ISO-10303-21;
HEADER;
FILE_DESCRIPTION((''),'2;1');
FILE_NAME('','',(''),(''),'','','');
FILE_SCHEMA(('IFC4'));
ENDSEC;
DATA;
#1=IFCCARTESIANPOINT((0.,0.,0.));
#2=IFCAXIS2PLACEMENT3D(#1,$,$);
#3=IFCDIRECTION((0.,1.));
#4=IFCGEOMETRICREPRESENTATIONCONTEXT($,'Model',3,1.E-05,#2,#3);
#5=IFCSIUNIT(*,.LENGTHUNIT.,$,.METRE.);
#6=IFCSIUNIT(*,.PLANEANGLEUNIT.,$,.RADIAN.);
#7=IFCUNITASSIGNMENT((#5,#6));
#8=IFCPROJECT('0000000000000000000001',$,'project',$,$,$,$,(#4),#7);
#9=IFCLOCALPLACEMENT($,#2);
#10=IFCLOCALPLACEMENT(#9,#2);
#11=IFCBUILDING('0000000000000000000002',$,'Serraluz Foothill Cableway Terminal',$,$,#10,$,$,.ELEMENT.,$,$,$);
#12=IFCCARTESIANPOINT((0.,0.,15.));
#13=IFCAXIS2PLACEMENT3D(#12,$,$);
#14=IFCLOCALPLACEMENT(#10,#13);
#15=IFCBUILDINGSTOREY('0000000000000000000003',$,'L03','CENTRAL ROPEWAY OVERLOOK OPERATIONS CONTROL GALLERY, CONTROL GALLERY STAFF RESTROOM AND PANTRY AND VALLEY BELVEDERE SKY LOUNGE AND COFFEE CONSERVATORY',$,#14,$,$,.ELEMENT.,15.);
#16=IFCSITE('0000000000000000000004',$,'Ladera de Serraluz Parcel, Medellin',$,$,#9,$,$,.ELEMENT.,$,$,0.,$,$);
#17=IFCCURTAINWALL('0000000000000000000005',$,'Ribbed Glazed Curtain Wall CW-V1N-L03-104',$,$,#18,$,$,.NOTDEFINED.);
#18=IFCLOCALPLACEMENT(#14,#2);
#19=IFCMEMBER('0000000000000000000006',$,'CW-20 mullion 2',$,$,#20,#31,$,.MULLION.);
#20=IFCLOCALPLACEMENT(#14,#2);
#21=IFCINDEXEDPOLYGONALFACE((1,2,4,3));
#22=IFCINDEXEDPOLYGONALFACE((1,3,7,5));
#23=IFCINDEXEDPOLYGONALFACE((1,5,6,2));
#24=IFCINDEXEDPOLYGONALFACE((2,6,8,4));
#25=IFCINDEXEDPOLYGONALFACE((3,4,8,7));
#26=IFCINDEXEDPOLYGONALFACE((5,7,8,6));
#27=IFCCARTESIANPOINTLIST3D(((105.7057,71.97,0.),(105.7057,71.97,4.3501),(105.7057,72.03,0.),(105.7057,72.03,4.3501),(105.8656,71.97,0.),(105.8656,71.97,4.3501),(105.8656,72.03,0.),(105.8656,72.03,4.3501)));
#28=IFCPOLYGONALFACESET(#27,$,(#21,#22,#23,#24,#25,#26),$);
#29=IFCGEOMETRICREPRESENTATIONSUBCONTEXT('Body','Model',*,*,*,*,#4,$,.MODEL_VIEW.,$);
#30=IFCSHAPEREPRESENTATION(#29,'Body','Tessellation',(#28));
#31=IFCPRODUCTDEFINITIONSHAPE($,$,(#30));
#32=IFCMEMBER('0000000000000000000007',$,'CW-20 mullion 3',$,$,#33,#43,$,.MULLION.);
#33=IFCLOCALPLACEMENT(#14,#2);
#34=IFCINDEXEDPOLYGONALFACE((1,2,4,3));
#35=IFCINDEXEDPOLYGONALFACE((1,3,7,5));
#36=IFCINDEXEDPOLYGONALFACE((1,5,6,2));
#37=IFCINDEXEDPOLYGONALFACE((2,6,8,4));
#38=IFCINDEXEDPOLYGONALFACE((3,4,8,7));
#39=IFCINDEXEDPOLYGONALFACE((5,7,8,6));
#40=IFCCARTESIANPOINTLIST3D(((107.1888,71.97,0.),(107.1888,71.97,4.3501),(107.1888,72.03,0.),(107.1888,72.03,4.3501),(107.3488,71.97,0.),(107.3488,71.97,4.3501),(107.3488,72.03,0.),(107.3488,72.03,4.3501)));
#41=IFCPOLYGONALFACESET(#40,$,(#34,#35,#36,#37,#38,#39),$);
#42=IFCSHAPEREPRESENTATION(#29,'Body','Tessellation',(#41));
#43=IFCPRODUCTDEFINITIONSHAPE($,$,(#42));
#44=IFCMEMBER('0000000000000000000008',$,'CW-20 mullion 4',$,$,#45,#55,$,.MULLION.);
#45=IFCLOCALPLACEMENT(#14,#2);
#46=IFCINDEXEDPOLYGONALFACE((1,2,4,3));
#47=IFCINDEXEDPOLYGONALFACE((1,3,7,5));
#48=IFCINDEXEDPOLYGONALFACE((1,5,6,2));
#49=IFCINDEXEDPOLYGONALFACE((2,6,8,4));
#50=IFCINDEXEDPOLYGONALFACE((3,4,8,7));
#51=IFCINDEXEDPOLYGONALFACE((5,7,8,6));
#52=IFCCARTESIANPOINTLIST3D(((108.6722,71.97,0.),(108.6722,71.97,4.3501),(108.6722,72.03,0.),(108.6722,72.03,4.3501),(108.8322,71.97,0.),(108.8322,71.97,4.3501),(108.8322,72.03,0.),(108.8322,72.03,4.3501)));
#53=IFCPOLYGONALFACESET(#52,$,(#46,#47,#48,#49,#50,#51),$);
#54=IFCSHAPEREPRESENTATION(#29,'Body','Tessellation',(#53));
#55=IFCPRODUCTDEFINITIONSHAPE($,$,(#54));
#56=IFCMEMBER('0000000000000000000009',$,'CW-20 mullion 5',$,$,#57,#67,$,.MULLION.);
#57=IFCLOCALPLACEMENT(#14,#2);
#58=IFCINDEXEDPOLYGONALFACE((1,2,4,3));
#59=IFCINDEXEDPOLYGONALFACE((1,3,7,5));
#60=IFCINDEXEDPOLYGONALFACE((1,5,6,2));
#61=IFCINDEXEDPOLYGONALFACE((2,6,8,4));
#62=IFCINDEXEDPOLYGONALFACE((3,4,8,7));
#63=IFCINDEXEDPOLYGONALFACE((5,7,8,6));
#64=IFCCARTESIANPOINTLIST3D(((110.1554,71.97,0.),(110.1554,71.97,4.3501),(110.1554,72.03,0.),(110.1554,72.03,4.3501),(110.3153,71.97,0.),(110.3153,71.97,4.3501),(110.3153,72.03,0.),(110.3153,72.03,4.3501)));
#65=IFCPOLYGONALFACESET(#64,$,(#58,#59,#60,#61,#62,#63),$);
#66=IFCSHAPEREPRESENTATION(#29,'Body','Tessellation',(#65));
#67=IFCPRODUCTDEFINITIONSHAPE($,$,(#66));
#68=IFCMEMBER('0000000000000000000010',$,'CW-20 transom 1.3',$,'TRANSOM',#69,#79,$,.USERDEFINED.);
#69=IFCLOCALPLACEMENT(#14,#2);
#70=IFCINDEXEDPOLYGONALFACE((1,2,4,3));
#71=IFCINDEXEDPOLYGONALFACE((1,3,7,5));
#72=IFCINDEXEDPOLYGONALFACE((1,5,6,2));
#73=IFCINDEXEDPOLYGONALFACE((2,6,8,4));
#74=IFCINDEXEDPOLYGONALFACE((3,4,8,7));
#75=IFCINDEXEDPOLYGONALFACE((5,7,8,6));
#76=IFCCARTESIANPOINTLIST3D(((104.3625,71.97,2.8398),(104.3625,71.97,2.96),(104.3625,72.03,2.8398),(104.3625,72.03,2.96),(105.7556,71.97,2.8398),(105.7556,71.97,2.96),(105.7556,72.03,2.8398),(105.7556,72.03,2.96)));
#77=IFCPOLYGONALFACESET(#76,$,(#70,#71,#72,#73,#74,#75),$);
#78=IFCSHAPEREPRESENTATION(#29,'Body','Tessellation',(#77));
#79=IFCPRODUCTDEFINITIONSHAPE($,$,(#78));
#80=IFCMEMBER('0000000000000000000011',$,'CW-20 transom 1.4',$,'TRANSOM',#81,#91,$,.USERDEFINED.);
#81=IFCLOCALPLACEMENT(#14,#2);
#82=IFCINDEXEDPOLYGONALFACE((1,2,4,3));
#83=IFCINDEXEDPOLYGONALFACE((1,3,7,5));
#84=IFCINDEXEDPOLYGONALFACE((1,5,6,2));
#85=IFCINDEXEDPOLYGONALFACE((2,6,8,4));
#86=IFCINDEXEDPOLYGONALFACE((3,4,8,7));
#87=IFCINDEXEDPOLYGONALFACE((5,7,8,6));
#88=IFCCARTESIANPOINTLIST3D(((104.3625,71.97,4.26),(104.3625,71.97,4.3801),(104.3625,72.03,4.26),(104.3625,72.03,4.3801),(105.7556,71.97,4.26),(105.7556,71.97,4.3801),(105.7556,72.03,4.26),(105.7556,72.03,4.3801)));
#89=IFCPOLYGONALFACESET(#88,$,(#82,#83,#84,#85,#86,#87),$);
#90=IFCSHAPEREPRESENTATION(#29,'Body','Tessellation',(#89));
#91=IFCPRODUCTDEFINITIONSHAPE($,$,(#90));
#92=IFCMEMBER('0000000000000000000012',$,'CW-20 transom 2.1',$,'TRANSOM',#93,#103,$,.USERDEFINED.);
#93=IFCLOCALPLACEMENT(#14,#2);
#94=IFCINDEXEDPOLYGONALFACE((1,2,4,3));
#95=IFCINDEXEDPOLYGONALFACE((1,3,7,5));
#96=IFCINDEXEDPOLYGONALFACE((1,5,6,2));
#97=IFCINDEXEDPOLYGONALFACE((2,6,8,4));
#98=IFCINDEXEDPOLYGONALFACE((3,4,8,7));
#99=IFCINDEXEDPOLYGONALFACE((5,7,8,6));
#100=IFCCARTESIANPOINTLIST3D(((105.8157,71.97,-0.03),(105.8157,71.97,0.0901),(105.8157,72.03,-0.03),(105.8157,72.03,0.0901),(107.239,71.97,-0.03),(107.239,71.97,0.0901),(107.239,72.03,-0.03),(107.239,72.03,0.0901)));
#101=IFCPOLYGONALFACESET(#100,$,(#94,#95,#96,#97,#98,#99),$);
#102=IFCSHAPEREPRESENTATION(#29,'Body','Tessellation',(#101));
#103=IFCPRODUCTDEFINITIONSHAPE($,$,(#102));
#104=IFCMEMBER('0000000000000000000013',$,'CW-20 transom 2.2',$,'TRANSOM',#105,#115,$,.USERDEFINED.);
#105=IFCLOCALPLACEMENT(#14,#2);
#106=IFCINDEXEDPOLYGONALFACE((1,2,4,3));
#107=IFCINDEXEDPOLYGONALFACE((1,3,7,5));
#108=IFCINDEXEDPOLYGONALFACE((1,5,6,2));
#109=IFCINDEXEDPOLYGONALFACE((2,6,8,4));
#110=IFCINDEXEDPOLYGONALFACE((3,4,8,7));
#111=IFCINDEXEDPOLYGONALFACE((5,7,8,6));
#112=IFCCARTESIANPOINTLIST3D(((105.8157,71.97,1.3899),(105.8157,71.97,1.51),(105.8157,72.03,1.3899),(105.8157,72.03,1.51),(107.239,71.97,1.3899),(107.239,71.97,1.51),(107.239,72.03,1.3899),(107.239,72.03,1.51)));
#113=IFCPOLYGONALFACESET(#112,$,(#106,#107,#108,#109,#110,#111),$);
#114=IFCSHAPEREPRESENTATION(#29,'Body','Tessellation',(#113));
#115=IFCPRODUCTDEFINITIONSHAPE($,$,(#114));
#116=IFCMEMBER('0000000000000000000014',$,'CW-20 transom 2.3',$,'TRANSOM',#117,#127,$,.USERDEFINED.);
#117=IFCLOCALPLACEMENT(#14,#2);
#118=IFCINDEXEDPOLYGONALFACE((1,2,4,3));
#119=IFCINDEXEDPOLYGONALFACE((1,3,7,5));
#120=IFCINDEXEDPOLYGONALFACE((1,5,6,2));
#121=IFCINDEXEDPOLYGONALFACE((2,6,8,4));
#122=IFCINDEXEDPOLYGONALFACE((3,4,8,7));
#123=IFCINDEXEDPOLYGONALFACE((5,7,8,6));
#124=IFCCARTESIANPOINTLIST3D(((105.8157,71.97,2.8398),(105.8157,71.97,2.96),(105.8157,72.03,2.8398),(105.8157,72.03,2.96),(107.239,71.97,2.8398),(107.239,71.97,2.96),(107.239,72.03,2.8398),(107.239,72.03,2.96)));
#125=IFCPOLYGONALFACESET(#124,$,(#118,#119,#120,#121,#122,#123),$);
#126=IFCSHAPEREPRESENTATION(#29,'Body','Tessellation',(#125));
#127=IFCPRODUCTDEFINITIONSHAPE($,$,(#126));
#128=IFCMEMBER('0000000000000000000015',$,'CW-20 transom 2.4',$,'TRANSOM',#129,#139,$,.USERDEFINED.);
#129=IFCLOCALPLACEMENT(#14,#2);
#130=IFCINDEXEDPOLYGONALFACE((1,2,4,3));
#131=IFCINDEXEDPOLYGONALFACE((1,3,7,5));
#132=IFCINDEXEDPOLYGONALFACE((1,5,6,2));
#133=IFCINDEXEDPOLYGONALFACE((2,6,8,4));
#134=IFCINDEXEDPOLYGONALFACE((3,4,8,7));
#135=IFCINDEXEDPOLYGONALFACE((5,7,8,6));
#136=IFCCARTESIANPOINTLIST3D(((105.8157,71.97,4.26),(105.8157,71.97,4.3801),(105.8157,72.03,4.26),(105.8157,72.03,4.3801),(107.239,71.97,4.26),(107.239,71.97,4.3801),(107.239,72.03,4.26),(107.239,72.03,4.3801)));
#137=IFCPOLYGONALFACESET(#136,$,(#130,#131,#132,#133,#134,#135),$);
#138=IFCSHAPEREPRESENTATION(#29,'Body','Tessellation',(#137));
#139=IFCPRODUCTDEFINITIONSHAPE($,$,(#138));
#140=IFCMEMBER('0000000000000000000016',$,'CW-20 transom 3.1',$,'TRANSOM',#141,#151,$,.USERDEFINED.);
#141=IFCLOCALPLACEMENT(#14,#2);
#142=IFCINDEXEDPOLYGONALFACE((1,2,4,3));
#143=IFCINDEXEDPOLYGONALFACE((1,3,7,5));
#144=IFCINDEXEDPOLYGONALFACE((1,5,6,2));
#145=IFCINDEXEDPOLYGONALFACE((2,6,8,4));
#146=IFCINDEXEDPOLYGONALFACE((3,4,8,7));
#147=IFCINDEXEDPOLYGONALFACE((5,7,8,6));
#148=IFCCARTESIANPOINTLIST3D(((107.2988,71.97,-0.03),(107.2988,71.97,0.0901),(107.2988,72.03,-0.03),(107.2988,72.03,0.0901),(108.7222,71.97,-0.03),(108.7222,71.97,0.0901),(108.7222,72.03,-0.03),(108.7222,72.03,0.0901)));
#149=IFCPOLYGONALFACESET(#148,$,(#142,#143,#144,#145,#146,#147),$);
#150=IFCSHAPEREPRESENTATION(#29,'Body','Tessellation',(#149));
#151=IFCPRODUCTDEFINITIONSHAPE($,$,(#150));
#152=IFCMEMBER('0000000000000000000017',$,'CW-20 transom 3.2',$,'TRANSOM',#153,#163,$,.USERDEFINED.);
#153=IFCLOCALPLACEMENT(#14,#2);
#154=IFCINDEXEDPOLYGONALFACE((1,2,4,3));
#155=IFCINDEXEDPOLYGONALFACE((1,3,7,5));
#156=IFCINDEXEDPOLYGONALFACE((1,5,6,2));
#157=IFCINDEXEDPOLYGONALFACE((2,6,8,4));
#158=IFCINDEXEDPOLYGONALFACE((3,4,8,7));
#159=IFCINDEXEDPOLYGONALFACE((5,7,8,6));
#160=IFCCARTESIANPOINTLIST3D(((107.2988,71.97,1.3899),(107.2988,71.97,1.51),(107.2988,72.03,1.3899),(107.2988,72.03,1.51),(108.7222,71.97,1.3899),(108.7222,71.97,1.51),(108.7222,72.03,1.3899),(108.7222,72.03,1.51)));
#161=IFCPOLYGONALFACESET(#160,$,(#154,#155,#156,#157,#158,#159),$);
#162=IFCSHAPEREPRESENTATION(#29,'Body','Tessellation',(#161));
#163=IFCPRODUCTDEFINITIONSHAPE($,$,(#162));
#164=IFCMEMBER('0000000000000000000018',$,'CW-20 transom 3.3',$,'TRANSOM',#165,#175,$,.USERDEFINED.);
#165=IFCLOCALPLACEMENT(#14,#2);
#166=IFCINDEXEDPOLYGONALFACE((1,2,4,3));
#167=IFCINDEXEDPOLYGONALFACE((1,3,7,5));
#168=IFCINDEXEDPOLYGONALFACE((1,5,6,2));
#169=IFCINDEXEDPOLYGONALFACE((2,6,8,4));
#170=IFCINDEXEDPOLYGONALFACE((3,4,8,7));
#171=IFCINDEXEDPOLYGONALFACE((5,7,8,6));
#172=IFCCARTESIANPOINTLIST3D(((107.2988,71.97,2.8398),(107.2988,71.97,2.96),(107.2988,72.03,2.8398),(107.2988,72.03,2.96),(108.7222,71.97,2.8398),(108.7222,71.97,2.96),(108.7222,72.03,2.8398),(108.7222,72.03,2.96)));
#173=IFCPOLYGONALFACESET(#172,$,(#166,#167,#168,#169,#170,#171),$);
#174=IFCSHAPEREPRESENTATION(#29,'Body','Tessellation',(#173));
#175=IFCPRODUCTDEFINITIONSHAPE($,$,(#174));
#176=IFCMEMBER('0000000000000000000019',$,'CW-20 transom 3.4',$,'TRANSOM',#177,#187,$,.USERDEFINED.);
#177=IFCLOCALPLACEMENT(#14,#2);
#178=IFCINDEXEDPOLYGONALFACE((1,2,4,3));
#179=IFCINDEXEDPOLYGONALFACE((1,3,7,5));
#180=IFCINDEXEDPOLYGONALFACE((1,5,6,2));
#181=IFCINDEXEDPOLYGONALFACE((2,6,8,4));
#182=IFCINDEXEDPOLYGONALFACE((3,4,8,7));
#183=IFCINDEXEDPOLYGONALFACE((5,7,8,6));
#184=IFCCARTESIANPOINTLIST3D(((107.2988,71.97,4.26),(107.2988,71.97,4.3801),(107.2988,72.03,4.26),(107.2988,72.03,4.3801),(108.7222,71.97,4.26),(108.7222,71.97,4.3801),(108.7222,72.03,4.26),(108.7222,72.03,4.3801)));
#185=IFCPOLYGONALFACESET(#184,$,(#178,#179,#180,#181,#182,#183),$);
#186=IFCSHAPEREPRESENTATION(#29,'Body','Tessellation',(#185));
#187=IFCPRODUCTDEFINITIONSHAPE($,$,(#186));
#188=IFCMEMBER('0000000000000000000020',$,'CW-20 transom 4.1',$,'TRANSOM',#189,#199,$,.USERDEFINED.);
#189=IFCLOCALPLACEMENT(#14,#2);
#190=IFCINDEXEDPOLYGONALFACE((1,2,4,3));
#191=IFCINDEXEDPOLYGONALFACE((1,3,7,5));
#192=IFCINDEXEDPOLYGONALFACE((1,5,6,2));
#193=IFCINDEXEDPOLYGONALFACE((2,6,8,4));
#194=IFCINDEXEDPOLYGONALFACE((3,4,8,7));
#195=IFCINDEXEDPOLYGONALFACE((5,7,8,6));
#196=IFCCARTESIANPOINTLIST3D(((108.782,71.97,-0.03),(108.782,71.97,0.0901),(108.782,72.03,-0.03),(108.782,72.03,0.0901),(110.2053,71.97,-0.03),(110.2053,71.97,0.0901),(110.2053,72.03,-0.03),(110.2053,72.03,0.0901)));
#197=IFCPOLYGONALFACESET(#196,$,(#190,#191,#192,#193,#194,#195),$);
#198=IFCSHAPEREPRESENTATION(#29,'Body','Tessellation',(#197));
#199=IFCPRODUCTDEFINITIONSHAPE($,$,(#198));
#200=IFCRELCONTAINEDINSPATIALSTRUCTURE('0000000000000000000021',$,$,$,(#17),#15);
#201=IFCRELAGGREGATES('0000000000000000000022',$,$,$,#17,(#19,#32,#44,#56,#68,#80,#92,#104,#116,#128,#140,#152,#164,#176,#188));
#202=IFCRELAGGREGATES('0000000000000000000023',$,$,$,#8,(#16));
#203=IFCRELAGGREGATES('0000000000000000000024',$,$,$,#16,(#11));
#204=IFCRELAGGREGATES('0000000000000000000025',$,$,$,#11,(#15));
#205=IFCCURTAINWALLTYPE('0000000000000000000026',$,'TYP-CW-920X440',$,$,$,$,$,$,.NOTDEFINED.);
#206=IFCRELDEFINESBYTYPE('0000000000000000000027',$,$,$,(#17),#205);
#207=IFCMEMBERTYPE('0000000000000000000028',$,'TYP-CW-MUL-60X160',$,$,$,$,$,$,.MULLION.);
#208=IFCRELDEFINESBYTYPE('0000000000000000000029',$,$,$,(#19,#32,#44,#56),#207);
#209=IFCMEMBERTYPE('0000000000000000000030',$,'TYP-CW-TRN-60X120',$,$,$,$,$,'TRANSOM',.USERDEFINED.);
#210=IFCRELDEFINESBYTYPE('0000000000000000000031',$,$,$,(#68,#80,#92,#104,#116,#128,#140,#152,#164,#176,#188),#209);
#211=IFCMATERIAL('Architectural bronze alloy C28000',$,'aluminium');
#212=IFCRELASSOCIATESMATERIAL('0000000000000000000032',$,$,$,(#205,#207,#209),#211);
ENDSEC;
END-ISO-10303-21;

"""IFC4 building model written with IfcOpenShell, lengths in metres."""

from ifc_helpers import new_model, si_unit, direction, frame, origin, origin_2d, place, context, subcontext, project, spatial, rectangle, extrude, material, material_profile, profile_set, type_object, element, aggregate, save


model = new_model("IFC4")

# Units and contexts
model_context = context("Model", 3, precision=1e-05, world=origin(), true_north=direction((0.0, 1.0)))
body_context = subcontext(model_context, "Body", "Model", "MODEL_VIEW")
ifc_project = project(units=[si_unit("LENGTHUNIT", "METRE"), si_unit("PLANEANGLEUNIT", "RADIAN")], contexts=[model_context])

# Site, building, storey
site_placement = place(None, origin())
site = spatial("IfcSite", under=ifc_project, at=site_placement, Name="Ladera de Serraluz Parcel, Medellin", CompositionType="ELEMENT", RefElevation=0.0)
building_placement = place(site_placement, origin())
building = spatial("IfcBuilding", under=site, at=building_placement, Name="Serraluz Foothill Cableway Terminal", CompositionType="ELEMENT")
storey_placement = place(building_placement, frame((0.0, 0.0, 15.0)))
storey = spatial("IfcBuildingStorey", under=building, at=storey_placement, Name="L03", Description="CENTRAL ROPEWAY OVERLOOK OPERATIONS CONTROL GALLERY, CONTROL GALLERY STAFF RESTROOM AND PANTRY AND VALLEY BELVEDERE SKY LOUNGE AND COFFEE CONSERVATORY", CompositionType="ELEMENT", Elevation=15.0)

# Curtain wall, members
ifc_material_1 = material(Name="Architectural bronze alloy C28000", Category="aluminium")
curtain_wall_type = type_object("IfcCurtainWallType", Name="TYP-CW-920X440", PredefinedType="NOTDEFINED", material=ifc_material_1)
curtain_wall_placement = place(storey_placement, origin())
curtain_wall = element("IfcCurtainWall", 1, at=curtain_wall_placement, inside=storey, type_object=curtain_wall_type, Name="Ribbed Glazed Curtain Wall CW-V1N-L03-104", PredefinedType="NOTDEFINED")
ifc_material_profile_1 = material_profile(ifc_material_1, rectangle(XDim=0.0601, YDim=0.1599, at=origin_2d()), Name="ALU MULLION 60x160")
ifc_profile_set_1 = profile_set([ifc_material_profile_1], Name="Architectural bronze alloy C28000")
member_type_1 = type_object("IfcMemberType", Name="TYP-CW-MUL-60X160", PredefinedType="MULLION", material=ifc_profile_set_1)
member_1_placement = place(storey_placement, frame((105.7856, 72.0, 0.0), z_axis=(0.0, 0.0, 1.0), x_axis=(0.0, 1.0, 0.0)))
member_1 = element("IfcMember", 2, at=member_1_placement, type_object=member_type_1, Name="CW-20 mullion 2", PredefinedType="MULLION", context=body_context, shape_type="SweptSolid", body=[
    extrude(rectangle(XDim=0.0601, YDim=0.1599, at=origin_2d()), origin(), (0.0, 0.0, 1.0), 4.3501),
])
member_2_placement = place(storey_placement, frame((107.2688, 72.0, 0.0), z_axis=(0.0, 0.0, 1.0), x_axis=(0.0, 1.0, 0.0)))
member_2 = element("IfcMember", 3, at=member_2_placement, type_object=member_type_1, Name="CW-20 mullion 3", PredefinedType="MULLION", context=body_context, shape_type="SweptSolid", body=[
    extrude(rectangle(XDim=0.0601, YDim=0.1599, at=origin_2d()), origin(), (0.0, 0.0, 1.0), 4.3501),
])
member_3_placement = place(storey_placement, frame((108.7522, 72.0, 0.0), z_axis=(0.0, 0.0, 1.0), x_axis=(0.0, 1.0, 0.0)))
member_3 = element("IfcMember", 4, at=member_3_placement, type_object=member_type_1, Name="CW-20 mullion 4", PredefinedType="MULLION", context=body_context, shape_type="SweptSolid", body=[
    extrude(rectangle(XDim=0.0601, YDim=0.1599, at=origin_2d()), origin(), (0.0, 0.0, 1.0), 4.3501),
])
member_4_placement = place(storey_placement, frame((110.2354, 72.0, 0.0), z_axis=(0.0, 0.0, 1.0), x_axis=(0.0, 1.0, 0.0)))
member_4 = element("IfcMember", 5, at=member_4_placement, type_object=member_type_1, Name="CW-20 mullion 5", PredefinedType="MULLION", context=body_context, shape_type="SweptSolid", body=[
    extrude(rectangle(XDim=0.0601, YDim=0.1599, at=origin_2d()), origin(), (0.0, 0.0, 1.0), 4.3501),
])
ifc_material_profile_2 = material_profile(ifc_material_1, rectangle(XDim=0.0601, YDim=0.1201, at=origin_2d()), Name="ALU TRANSOM 60x120")
ifc_profile_set_2 = profile_set([ifc_material_profile_2], Name="Architectural bronze alloy C28000")
member_type_2 = type_object("IfcMemberType", Name="TYP-CW-TRN-60X120", ElementType="TRANSOM", PredefinedType="USERDEFINED", material=ifc_profile_set_2)
member_5_placement = place(storey_placement, frame((104.3625, 72.0, 2.8999), z_axis=(1.0, 0.0, 0.0), x_axis=(0.0, 1.0, 0.0)))
member_5 = element("IfcMember", 6, at=member_5_placement, type_object=member_type_2, Name="CW-20 transom 1.3", ObjectType="TRANSOM", PredefinedType="USERDEFINED", context=body_context, shape_type="SweptSolid", body=[
    extrude(rectangle(XDim=0.0601, YDim=0.1201, at=origin_2d()), origin(), (0.0, 0.0, 1.0), 1.3931),
])
member_6_placement = place(storey_placement, frame((104.3625, 72.0, 4.3201), z_axis=(1.0, 0.0, 0.0), x_axis=(0.0, 1.0, 0.0)))
member_6 = element("IfcMember", 7, at=member_6_placement, type_object=member_type_2, Name="CW-20 transom 1.4", ObjectType="TRANSOM", PredefinedType="USERDEFINED", context=body_context, shape_type="SweptSolid", body=[
    extrude(rectangle(XDim=0.0601, YDim=0.1201, at=origin_2d()), origin(), (0.0, 0.0, 1.0), 1.3931),
])
member_7_placement = place(storey_placement, frame((105.8157, 72.0, 0.03), z_axis=(1.0, 0.0, 0.0), x_axis=(0.0, 1.0, 0.0)))
member_7 = element("IfcMember", 8, at=member_7_placement, type_object=member_type_2, Name="CW-20 transom 2.1", ObjectType="TRANSOM", PredefinedType="USERDEFINED", context=body_context, shape_type="SweptSolid", body=[
    extrude(rectangle(XDim=0.0601, YDim=0.1201, at=origin_2d()), origin(), (0.0, 0.0, 1.0), 1.4233),
])
member_8_placement = place(storey_placement, frame((105.8157, 72.0, 1.45), z_axis=(1.0, 0.0, 0.0), x_axis=(0.0, 1.0, 0.0)))
member_8 = element("IfcMember", 9, at=member_8_placement, type_object=member_type_2, Name="CW-20 transom 2.2", ObjectType="TRANSOM", PredefinedType="USERDEFINED", context=body_context, shape_type="SweptSolid", body=[
    extrude(rectangle(XDim=0.0601, YDim=0.1201, at=origin_2d()), origin(), (0.0, 0.0, 1.0), 1.4233),
])
member_9_placement = place(storey_placement, frame((105.8157, 72.0, 2.8999), z_axis=(1.0, 0.0, 0.0), x_axis=(0.0, 1.0, 0.0)))
member_9 = element("IfcMember", 10, at=member_9_placement, type_object=member_type_2, Name="CW-20 transom 2.3", ObjectType="TRANSOM", PredefinedType="USERDEFINED", context=body_context, shape_type="SweptSolid", body=[
    extrude(rectangle(XDim=0.0601, YDim=0.1201, at=origin_2d()), origin(), (0.0, 0.0, 1.0), 1.4233),
])
member_10_placement = place(storey_placement, frame((105.8157, 72.0, 4.3201), z_axis=(1.0, 0.0, 0.0), x_axis=(0.0, 1.0, 0.0)))
member_10 = element("IfcMember", 11, at=member_10_placement, type_object=member_type_2, Name="CW-20 transom 2.4", ObjectType="TRANSOM", PredefinedType="USERDEFINED", context=body_context, shape_type="SweptSolid", body=[
    extrude(rectangle(XDim=0.0601, YDim=0.1201, at=origin_2d()), origin(), (0.0, 0.0, 1.0), 1.4233),
])
member_11_placement = place(storey_placement, frame((107.2988, 72.0, 0.03), z_axis=(1.0, 0.0, 0.0), x_axis=(0.0, 1.0, 0.0)))
member_11 = element("IfcMember", 12, at=member_11_placement, type_object=member_type_2, Name="CW-20 transom 3.1", ObjectType="TRANSOM", PredefinedType="USERDEFINED", context=body_context, shape_type="SweptSolid", body=[
    extrude(rectangle(XDim=0.0601, YDim=0.1201, at=origin_2d()), origin(), (0.0, 0.0, 1.0), 1.4233),
])
member_12_placement = place(storey_placement, frame((107.2988, 72.0, 1.45), z_axis=(1.0, 0.0, 0.0), x_axis=(0.0, 1.0, 0.0)))
member_12 = element("IfcMember", 13, at=member_12_placement, type_object=member_type_2, Name="CW-20 transom 3.2", ObjectType="TRANSOM", PredefinedType="USERDEFINED", context=body_context, shape_type="SweptSolid", body=[
    extrude(rectangle(XDim=0.0601, YDim=0.1201, at=origin_2d()), origin(), (0.0, 0.0, 1.0), 1.4233),
])
member_13_placement = place(storey_placement, frame((107.2988, 72.0, 2.8999), z_axis=(1.0, 0.0, 0.0), x_axis=(0.0, 1.0, 0.0)))
member_13 = element("IfcMember", 14, at=member_13_placement, type_object=member_type_2, Name="CW-20 transom 3.3", ObjectType="TRANSOM", PredefinedType="USERDEFINED", context=body_context, shape_type="SweptSolid", body=[
    extrude(rectangle(XDim=0.0601, YDim=0.1201, at=origin_2d()), origin(), (0.0, 0.0, 1.0), 1.4233),
])
member_14_placement = place(storey_placement, frame((107.2988, 72.0, 4.3201), z_axis=(1.0, 0.0, 0.0), x_axis=(0.0, 1.0, 0.0)))
member_14 = element("IfcMember", 15, at=member_14_placement, type_object=member_type_2, Name="CW-20 transom 3.4", ObjectType="TRANSOM", PredefinedType="USERDEFINED", context=body_context, shape_type="SweptSolid", body=[
    extrude(rectangle(XDim=0.0601, YDim=0.1201, at=origin_2d()), origin(), (0.0, 0.0, 1.0), 1.4233),
])
member_15_placement = place(storey_placement, frame((108.782, 72.0, 0.03), z_axis=(1.0, 0.0, 0.0), x_axis=(0.0, 1.0, 0.0)))
member_15 = element("IfcMember", 16, at=member_15_placement, type_object=member_type_2, Name="CW-20 transom 4.1", ObjectType="TRANSOM", PredefinedType="USERDEFINED", context=body_context, shape_type="SweptSolid", body=[
    extrude(rectangle(XDim=0.0601, YDim=0.1201, at=origin_2d()), origin(), (0.0, 0.0, 1.0), 1.4233),
])

aggregate(curtain_wall, [member_1, member_2, member_3, member_4, member_5, member_6, member_7, member_8, member_9, member_10, member_11, member_12, member_13, member_14, member_15])

save(model, "model.ifc")
